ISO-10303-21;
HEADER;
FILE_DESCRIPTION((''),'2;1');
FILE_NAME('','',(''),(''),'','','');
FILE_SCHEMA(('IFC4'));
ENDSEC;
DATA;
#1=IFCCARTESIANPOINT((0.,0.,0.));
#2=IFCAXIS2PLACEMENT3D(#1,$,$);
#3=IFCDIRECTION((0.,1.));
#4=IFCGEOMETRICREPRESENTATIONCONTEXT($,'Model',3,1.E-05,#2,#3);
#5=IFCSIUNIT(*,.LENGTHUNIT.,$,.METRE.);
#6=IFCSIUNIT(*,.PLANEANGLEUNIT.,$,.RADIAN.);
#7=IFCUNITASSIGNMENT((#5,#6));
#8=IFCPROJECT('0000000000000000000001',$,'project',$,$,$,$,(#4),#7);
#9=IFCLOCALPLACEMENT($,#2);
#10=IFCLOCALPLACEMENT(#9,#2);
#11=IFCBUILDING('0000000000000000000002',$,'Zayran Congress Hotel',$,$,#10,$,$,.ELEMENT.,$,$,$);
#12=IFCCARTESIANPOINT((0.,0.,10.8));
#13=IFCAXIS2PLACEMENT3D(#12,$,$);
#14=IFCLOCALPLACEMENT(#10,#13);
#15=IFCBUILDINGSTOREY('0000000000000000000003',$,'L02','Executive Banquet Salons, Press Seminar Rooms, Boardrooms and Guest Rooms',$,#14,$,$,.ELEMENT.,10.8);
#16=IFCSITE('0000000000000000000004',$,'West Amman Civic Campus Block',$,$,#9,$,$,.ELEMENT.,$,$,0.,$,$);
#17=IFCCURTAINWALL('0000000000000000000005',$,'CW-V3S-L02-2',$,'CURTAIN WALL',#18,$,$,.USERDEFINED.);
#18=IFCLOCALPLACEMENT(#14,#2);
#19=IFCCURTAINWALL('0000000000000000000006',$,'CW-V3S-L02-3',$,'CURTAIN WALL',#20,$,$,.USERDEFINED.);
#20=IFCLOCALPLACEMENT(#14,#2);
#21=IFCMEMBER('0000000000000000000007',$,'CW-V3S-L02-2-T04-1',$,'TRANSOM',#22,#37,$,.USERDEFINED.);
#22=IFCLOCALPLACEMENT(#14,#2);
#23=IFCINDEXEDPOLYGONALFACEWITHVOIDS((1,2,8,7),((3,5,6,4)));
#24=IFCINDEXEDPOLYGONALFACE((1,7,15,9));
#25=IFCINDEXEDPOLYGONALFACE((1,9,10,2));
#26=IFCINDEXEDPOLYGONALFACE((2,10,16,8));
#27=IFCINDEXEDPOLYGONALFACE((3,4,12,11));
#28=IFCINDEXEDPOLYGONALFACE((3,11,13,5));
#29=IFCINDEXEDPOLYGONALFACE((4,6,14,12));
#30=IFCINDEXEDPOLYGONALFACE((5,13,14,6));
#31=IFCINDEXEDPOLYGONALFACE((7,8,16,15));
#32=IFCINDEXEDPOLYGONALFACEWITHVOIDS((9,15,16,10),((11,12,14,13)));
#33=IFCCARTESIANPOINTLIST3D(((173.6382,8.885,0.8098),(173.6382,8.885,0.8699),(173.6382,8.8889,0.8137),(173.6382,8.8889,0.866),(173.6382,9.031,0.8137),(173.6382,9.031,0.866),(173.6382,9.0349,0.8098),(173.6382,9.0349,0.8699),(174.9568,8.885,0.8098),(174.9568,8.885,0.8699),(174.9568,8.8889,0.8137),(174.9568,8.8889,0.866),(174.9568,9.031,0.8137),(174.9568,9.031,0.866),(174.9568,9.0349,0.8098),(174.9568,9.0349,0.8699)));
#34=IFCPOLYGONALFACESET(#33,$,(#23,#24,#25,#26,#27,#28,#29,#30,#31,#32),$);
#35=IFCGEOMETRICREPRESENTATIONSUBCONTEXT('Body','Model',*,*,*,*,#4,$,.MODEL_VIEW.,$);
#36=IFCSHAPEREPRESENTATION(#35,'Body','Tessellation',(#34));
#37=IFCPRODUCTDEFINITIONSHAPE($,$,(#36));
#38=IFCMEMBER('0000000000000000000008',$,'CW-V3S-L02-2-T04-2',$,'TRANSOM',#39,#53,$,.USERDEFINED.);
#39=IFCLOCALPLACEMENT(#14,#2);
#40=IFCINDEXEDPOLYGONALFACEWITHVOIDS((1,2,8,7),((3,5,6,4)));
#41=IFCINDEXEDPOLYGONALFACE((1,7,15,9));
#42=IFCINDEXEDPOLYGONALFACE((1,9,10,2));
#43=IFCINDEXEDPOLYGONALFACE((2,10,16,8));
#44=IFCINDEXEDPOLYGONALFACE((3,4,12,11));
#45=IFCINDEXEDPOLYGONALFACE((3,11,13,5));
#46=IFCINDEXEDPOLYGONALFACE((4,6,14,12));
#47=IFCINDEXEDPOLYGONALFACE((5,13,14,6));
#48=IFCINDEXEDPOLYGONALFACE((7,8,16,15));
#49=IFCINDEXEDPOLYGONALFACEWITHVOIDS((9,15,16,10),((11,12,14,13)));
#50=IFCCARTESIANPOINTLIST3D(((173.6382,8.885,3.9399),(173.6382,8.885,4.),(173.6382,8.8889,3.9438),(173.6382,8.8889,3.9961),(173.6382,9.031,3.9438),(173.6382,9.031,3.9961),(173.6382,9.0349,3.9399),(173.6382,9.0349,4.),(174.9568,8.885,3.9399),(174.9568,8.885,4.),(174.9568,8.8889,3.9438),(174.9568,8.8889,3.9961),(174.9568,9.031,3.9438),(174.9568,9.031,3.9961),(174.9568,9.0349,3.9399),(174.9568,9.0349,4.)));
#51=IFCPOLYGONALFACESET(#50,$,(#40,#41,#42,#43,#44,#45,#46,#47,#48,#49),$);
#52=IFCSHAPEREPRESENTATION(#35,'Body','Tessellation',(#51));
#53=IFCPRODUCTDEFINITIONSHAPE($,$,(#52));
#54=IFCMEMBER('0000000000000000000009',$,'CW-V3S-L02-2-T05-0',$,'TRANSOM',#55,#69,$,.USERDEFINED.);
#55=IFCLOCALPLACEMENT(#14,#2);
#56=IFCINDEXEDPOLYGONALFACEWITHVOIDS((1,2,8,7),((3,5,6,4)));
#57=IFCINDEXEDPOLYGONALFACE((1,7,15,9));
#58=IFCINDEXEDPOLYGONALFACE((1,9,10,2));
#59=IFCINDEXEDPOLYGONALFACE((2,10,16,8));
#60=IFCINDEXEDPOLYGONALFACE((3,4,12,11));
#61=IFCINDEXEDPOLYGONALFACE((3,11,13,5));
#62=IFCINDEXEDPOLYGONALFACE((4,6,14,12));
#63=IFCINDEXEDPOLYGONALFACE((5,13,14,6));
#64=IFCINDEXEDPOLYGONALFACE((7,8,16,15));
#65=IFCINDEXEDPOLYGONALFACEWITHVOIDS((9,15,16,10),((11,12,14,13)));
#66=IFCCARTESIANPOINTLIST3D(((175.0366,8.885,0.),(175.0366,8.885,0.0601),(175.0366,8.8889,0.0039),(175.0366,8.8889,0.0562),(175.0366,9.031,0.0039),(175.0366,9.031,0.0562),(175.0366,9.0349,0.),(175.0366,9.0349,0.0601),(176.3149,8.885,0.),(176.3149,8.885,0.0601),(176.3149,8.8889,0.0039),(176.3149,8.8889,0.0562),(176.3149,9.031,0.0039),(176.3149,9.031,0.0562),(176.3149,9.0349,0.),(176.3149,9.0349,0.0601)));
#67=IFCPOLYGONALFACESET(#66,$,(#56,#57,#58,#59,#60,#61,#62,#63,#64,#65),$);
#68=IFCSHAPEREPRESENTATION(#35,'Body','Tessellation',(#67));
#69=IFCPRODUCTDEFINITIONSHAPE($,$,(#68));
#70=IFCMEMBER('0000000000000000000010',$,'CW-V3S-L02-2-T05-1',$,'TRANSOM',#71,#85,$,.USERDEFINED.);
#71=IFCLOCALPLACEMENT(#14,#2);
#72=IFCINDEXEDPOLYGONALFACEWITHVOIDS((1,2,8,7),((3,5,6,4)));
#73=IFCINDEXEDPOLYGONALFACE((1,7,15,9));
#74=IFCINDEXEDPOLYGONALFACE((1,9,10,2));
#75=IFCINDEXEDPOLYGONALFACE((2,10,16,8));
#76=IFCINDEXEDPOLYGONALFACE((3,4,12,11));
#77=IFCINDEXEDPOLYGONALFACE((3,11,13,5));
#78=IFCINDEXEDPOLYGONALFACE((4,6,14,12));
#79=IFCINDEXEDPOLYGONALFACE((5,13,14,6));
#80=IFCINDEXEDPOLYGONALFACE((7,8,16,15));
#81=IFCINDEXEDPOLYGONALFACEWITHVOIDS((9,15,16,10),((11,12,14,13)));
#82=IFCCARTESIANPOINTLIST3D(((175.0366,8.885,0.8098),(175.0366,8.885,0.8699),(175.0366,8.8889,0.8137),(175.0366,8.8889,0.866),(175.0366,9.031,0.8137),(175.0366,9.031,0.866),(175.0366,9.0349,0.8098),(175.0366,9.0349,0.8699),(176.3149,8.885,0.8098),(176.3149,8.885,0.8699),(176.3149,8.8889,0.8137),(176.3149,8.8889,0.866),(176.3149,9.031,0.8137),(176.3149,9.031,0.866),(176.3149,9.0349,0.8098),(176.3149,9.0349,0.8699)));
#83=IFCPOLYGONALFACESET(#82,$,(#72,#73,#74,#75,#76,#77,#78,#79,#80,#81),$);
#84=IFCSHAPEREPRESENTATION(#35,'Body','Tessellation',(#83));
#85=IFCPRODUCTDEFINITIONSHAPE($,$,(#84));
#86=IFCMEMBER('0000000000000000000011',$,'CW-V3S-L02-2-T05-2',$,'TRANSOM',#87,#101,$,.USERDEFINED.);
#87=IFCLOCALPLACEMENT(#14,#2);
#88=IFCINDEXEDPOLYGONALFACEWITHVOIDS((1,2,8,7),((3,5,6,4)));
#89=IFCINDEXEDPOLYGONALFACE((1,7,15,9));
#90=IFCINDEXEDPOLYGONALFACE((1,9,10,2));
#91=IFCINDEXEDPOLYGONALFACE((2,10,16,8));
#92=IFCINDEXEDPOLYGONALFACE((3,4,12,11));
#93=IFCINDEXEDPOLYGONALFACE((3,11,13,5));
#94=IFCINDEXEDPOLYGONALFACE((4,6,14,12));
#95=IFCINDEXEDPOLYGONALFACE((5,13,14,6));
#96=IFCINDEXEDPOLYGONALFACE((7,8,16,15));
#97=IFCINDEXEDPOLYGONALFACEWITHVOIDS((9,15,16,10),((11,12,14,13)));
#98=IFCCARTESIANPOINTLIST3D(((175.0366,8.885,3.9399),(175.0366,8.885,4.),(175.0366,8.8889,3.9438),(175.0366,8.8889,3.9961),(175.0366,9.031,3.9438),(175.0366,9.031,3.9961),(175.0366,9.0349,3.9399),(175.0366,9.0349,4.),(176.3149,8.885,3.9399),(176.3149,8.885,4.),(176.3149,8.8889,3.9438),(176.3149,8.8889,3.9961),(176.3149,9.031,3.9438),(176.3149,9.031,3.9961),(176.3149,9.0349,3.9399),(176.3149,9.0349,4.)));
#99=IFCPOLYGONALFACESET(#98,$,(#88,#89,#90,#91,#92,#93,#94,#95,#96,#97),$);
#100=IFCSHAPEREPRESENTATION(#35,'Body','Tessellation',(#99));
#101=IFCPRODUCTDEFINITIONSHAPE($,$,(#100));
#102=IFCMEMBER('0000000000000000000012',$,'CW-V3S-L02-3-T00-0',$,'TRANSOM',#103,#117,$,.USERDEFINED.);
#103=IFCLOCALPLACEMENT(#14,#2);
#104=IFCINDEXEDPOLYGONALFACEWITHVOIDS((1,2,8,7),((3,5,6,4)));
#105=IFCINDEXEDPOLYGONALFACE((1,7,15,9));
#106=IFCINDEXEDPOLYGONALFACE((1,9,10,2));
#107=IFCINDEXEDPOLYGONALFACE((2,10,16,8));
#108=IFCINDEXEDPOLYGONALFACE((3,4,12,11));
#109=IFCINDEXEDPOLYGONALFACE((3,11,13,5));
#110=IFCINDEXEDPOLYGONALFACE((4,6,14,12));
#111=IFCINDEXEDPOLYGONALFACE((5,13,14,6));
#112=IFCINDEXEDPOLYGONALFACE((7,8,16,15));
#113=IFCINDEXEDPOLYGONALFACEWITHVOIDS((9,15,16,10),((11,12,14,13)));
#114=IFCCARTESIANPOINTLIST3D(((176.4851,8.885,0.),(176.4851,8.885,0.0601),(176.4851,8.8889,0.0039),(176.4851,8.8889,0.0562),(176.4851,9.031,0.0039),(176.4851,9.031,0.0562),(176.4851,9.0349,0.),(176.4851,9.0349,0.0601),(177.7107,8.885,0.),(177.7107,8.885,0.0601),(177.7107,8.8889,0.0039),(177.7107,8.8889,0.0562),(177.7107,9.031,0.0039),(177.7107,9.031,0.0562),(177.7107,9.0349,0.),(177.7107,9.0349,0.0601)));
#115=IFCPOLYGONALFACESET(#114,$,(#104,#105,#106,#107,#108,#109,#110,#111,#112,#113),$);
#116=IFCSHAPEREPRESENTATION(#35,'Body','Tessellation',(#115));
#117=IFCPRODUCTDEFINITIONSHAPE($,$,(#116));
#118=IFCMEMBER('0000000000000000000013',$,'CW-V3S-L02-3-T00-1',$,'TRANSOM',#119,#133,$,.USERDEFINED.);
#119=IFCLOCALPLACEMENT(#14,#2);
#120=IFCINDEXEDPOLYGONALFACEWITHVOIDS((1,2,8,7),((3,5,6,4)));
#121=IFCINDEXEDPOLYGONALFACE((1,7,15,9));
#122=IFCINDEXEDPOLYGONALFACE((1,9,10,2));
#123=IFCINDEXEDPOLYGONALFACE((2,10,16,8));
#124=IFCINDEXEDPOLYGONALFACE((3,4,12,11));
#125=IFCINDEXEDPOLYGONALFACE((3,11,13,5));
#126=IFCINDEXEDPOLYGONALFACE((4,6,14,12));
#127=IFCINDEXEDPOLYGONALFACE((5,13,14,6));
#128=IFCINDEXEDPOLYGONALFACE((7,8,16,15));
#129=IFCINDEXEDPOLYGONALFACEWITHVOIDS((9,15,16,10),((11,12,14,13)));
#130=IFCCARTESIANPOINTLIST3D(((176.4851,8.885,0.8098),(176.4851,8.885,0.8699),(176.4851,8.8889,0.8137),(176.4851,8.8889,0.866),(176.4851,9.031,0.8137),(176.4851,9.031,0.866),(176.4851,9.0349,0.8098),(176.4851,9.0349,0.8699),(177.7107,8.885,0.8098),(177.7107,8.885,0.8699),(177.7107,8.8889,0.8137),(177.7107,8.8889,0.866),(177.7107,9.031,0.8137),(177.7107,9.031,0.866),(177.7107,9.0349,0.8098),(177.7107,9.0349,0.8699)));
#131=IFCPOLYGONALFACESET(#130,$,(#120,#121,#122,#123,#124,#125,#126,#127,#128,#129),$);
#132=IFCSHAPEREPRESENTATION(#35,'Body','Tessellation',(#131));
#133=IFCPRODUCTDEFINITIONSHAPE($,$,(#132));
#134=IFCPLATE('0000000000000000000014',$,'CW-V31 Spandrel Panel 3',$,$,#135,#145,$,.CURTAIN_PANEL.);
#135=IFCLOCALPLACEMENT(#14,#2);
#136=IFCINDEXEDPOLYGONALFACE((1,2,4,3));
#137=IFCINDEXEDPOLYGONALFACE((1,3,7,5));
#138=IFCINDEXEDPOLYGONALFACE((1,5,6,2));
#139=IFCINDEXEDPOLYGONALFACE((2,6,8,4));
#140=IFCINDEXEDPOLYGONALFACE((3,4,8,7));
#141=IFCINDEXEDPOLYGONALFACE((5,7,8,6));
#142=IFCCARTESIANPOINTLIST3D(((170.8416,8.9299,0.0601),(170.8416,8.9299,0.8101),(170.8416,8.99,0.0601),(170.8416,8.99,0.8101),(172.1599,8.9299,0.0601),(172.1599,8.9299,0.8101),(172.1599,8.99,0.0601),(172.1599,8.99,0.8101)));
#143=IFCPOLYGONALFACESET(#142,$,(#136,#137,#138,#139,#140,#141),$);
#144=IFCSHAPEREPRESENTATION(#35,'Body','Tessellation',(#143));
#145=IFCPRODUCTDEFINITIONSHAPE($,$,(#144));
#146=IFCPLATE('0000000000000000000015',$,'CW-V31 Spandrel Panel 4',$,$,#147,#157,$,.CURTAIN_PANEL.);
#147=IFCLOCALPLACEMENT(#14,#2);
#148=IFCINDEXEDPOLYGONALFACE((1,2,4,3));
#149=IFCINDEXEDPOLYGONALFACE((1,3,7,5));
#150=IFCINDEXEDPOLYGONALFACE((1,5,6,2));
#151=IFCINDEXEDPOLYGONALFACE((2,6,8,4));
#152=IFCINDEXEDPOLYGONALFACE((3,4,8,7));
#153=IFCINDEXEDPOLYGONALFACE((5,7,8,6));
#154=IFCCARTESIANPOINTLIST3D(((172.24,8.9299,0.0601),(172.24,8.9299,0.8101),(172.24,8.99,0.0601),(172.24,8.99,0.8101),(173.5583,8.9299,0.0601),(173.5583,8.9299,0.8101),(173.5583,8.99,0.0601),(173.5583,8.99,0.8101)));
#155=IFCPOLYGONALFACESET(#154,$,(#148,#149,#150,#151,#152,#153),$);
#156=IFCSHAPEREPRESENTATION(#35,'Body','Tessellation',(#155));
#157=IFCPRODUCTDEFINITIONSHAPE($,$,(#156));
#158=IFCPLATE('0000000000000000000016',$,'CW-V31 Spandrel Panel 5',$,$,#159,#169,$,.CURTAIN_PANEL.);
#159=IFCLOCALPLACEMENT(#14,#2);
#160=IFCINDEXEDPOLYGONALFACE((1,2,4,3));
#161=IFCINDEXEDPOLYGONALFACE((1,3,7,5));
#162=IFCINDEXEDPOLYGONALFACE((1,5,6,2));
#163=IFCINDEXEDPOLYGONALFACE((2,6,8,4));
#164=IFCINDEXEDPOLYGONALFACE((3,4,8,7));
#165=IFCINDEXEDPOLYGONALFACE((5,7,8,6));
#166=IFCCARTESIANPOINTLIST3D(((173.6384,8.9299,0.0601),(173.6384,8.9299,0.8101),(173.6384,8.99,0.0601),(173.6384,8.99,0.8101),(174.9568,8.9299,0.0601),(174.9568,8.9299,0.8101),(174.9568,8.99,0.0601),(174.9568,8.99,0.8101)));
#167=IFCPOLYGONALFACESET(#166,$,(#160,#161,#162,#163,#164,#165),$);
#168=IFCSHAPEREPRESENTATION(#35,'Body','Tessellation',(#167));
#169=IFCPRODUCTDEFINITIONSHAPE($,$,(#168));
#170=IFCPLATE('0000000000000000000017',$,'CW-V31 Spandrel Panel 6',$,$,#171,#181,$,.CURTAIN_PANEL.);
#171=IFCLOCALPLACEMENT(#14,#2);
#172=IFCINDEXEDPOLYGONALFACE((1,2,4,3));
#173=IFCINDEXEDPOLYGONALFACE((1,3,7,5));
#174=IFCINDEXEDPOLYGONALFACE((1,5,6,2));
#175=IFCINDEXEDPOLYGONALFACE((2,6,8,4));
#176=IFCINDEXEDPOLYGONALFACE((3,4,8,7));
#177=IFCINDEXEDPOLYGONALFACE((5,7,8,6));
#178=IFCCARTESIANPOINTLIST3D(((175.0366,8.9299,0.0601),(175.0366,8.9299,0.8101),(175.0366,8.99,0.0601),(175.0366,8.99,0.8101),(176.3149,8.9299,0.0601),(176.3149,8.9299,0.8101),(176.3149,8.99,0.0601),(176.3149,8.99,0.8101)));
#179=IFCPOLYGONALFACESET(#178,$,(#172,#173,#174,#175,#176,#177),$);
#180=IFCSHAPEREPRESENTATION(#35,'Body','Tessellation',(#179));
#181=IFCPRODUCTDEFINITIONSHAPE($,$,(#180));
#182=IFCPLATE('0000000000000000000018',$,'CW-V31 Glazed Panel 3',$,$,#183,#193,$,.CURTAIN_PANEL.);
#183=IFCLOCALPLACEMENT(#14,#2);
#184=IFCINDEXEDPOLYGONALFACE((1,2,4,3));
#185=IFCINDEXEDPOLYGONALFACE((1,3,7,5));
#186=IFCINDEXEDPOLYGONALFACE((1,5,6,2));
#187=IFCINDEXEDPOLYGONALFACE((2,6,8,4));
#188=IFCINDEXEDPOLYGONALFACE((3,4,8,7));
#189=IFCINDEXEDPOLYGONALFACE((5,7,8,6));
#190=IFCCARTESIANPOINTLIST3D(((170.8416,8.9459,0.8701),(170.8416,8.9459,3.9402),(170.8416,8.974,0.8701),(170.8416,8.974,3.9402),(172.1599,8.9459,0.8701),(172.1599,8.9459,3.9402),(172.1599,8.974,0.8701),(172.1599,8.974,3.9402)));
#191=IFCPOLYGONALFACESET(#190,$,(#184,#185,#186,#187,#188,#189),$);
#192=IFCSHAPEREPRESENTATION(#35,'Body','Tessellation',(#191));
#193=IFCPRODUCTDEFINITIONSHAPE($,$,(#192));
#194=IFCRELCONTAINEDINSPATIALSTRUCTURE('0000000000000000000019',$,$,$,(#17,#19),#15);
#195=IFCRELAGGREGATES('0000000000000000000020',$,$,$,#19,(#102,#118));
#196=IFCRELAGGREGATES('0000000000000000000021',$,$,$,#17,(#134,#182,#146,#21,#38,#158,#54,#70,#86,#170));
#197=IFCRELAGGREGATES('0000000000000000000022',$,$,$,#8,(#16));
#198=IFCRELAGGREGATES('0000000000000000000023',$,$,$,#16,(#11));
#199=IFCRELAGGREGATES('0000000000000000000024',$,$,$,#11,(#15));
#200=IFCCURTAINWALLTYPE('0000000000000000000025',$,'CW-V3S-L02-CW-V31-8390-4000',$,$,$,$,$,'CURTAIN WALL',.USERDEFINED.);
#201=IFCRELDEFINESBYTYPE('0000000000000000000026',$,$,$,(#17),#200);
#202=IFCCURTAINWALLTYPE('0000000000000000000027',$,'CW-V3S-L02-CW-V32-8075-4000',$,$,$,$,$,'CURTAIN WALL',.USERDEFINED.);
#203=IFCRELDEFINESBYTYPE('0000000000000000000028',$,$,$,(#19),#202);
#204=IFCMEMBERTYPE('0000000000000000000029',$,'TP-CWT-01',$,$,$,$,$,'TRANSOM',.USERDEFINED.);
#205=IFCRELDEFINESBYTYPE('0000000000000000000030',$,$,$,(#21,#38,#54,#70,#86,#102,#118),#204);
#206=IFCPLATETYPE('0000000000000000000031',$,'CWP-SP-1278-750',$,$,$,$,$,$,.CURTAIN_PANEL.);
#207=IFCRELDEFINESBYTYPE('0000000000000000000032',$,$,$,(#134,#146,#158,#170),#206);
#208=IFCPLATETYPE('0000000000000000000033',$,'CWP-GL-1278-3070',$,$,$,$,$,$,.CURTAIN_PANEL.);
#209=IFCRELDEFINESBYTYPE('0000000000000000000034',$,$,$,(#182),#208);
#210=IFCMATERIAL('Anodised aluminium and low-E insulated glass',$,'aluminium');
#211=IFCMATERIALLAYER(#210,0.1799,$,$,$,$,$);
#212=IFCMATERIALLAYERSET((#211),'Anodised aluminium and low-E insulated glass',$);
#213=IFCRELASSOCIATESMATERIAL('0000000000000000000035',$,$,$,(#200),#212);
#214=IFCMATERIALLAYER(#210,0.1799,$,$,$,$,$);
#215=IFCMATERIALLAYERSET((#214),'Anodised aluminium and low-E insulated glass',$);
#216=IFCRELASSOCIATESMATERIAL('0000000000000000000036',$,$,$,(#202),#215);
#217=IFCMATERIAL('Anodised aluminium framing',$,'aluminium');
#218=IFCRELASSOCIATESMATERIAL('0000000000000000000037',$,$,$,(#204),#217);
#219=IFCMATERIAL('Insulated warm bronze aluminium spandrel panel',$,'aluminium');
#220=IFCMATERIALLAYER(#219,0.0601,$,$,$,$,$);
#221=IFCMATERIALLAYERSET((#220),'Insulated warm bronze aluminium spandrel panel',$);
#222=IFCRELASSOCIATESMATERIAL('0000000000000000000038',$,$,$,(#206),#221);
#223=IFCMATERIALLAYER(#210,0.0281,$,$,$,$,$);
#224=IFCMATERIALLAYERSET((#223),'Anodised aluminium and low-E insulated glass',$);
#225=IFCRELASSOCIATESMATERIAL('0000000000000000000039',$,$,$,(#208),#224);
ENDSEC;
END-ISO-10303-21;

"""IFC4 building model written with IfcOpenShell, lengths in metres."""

from ifc_helpers import new_model, si_unit, direction, frame, origin, origin_2d, place, context, subcontext, project, spatial, rectangle, hollow_rectangle, extrude, material, layer, layer_set, material_profile, profile_set, type_object, element, aggregate, save


model = new_model("IFC4")

# Units and contexts
model_context = context("Model", 3, precision=1e-05, world=origin(), true_north=direction((0.0, 1.0)))
body_context = subcontext(model_context, "Body", "Model", "MODEL_VIEW")
ifc_project = project(units=[si_unit("LENGTHUNIT", "METRE"), si_unit("PLANEANGLEUNIT", "RADIAN")], contexts=[model_context])

# Site, building, storey
site_placement = place(None, origin())
site = spatial("IfcSite", under=ifc_project, at=site_placement, Name="West Amman Civic Campus Block", CompositionType="ELEMENT", RefElevation=0.0)
building_placement = place(site_placement, origin())
building = spatial("IfcBuilding", under=site, at=building_placement, Name="Zayran Congress Hotel", CompositionType="ELEMENT")
storey_placement = place(building_placement, frame((0.0, 0.0, 10.8)))
storey = spatial("IfcBuildingStorey", under=building, at=storey_placement, Name="L02", Description="Executive Banquet Salons, Press Seminar Rooms, Boardrooms and Guest Rooms", CompositionType="ELEMENT", Elevation=10.8)

# Curtain wall
ifc_material_1 = material(Name="Anodised aluminium and low-E insulated glass", Category="aluminium")
ifc_layer_1 = layer(ifc_material_1, 0.1799)
ifc_layer_set_1 = layer_set([ifc_layer_1], Name="Anodised aluminium and low-E insulated glass")
curtain_wall_type_1 = type_object("IfcCurtainWallType", Name="CW-V3S-L02-CW-V31-8390-4000", ElementType="CURTAIN WALL", PredefinedType="USERDEFINED", material=ifc_layer_set_1)
curtain_wall_1_placement = place(storey_placement, origin())
curtain_wall_1 = element("IfcCurtainWall", 1, at=curtain_wall_1_placement, inside=storey, type_object=curtain_wall_type_1, Name="CW-V3S-L02-2", ObjectType="CURTAIN WALL", PredefinedType="USERDEFINED")
ifc_material_2 = material(Name="Anodised aluminium framing", Category="aluminium")

# Curtain wall
ifc_layer_2 = layer(ifc_material_1, 0.1799)
ifc_layer_set_2 = layer_set([ifc_layer_2], Name="Anodised aluminium and low-E insulated glass")
curtain_wall_type_2 = type_object("IfcCurtainWallType", Name="CW-V3S-L02-CW-V32-8075-4000", ElementType="CURTAIN WALL", PredefinedType="USERDEFINED", material=ifc_layer_set_2)
curtain_wall_2_placement = place(storey_placement, origin())
curtain_wall_2 = element("IfcCurtainWall", 2, at=curtain_wall_2_placement, inside=storey, type_object=curtain_wall_type_2, Name="CW-V3S-L02-3", ObjectType="CURTAIN WALL", PredefinedType="USERDEFINED")

# Members
ifc_material_profile_1 = material_profile(ifc_material_2, hollow_rectangle(XDim=0.0601, YDim=0.1499, WallThickness=0.0039, at=origin_2d()), Name="RHS 150x60x4")
ifc_profile_set_1 = profile_set([ifc_material_profile_1], Name="Anodised aluminium framing")
member_type_1 = type_object("IfcMemberType", Name="TP-CWT-01", ElementType="TRANSOM", PredefinedType="USERDEFINED", material=ifc_profile_set_1)
member_1_placement = place(storey_placement, frame((173.6382, 8.96, 0.8398), z_axis=(1.0, 0.0, 0.0), x_axis=(0.0, 0.0, 1.0)))
member_1 = element("IfcMember", 3, at=member_1_placement, type_object=member_type_1, Name="CW-V3S-L02-2-T04-1", ObjectType="TRANSOM", PredefinedType="USERDEFINED", context=body_context, shape_type="SweptSolid", body=[
    extrude(hollow_rectangle(XDim=0.0601, YDim=0.1499, WallThickness=0.0039, at=origin_2d()), origin(), (0.0, 0.0, 1.0), 1.3186),
])
member_2_placement = place(storey_placement, frame((173.6382, 8.96, 3.97), z_axis=(1.0, 0.0, 0.0), x_axis=(0.0, 0.0, 1.0)))
member_2 = element("IfcMember", 4, at=member_2_placement, type_object=member_type_1, Name="CW-V3S-L02-2-T04-2", ObjectType="TRANSOM", PredefinedType="USERDEFINED", context=body_context, shape_type="SweptSolid", body=[
    extrude(hollow_rectangle(XDim=0.0601, YDim=0.1499, WallThickness=0.0039, at=origin_2d()), origin(), (0.0, 0.0, 1.0), 1.3186),
])
member_3_placement = place(storey_placement, frame((175.0366, 8.96, 0.03), z_axis=(1.0, 0.0, 0.0), x_axis=(0.0, 0.0, 1.0)))
member_3 = element("IfcMember", 5, at=member_3_placement, type_object=member_type_1, Name="CW-V3S-L02-2-T05-0", ObjectType="TRANSOM", PredefinedType="USERDEFINED", context=body_context, shape_type="SweptSolid", body=[
    extrude(hollow_rectangle(XDim=0.0601, YDim=0.1499, WallThickness=0.0039, at=origin_2d()), origin(), (0.0, 0.0, 1.0), 1.2783),
])
member_4_placement = place(storey_placement, frame((175.0366, 8.96, 0.8398), z_axis=(1.0, 0.0, 0.0), x_axis=(0.0, 0.0, 1.0)))
member_4 = element("IfcMember", 6, at=member_4_placement, type_object=member_type_1, Name="CW-V3S-L02-2-T05-1", ObjectType="TRANSOM", PredefinedType="USERDEFINED", context=body_context, shape_type="SweptSolid", body=[
    extrude(hollow_rectangle(XDim=0.0601, YDim=0.1499, WallThickness=0.0039, at=origin_2d()), origin(), (0.0, 0.0, 1.0), 1.2783),
])
member_5_placement = place(storey_placement, frame((175.0366, 8.96, 3.97), z_axis=(1.0, 0.0, 0.0), x_axis=(0.0, 0.0, 1.0)))
member_5 = element("IfcMember", 7, at=member_5_placement, type_object=member_type_1, Name="CW-V3S-L02-2-T05-2", ObjectType="TRANSOM", PredefinedType="USERDEFINED", context=body_context, shape_type="SweptSolid", body=[
    extrude(hollow_rectangle(XDim=0.0601, YDim=0.1499, WallThickness=0.0039, at=origin_2d()), origin(), (0.0, 0.0, 1.0), 1.2783),
])
member_6_placement = place(storey_placement, frame((176.4851, 8.96, 0.03), z_axis=(1.0, 0.0, 0.0), x_axis=(0.0, 0.0, 1.0)))
member_6 = element("IfcMember", 8, at=member_6_placement, type_object=member_type_1, Name="CW-V3S-L02-3-T00-0", ObjectType="TRANSOM", PredefinedType="USERDEFINED", context=body_context, shape_type="SweptSolid", body=[
    extrude(hollow_rectangle(XDim=0.0601, YDim=0.1499, WallThickness=0.0039, at=origin_2d()), origin(), (0.0, 0.0, 1.0), 1.2256),
])
member_7_placement = place(storey_placement, frame((176.4851, 8.96, 0.8398), z_axis=(1.0, 0.0, 0.0), x_axis=(0.0, 0.0, 1.0)))
member_7 = element("IfcMember", 9, at=member_7_placement, type_object=member_type_1, Name="CW-V3S-L02-3-T00-1", ObjectType="TRANSOM", PredefinedType="USERDEFINED", context=body_context, shape_type="SweptSolid", body=[
    extrude(hollow_rectangle(XDim=0.0601, YDim=0.1499, WallThickness=0.0039, at=origin_2d()), origin(), (0.0, 0.0, 1.0), 1.2256),
])
aggregate(curtain_wall_2, [member_6, member_7])

# Plates
ifc_material_3 = material(Name="Insulated warm bronze aluminium spandrel panel", Category="aluminium")
ifc_layer_3 = layer(ifc_material_3, 0.0601)
ifc_layer_set_3 = layer_set([ifc_layer_3], Name="Insulated warm bronze aluminium spandrel panel")
plate_type_1 = type_object("IfcPlateType", Name="CWP-SP-1278-750", PredefinedType="CURTAIN_PANEL", material=ifc_layer_set_3)
plate_1_placement = place(storey_placement, frame((171.5007, 8.96, 0.0601), z_axis=(0.0, 0.0, 1.0), x_axis=(1.0, 0.0, 0.0)))
plate_1 = element("IfcPlate", 10, at=plate_1_placement, type_object=plate_type_1, Name="CW-V31 Spandrel Panel 3", PredefinedType="CURTAIN_PANEL", context=body_context, shape_type="SweptSolid", body=[
    extrude(rectangle(XDim=1.3184, YDim=0.0601, at=origin_2d()), origin(), (0.0, 0.0, 1.0), 0.75),
])
plate_2_placement = place(storey_placement, frame((172.8992, 8.96, 0.0601), z_axis=(0.0, 0.0, 1.0), x_axis=(1.0, 0.0, 0.0)))
plate_2 = element("IfcPlate", 11, at=plate_2_placement, type_object=plate_type_1, Name="CW-V31 Spandrel Panel 4", PredefinedType="CURTAIN_PANEL", context=body_context, shape_type="SweptSolid", body=[
    extrude(rectangle(XDim=1.3184, YDim=0.0601, at=origin_2d()), origin(), (0.0, 0.0, 1.0), 0.75),
])
plate_3_placement = place(storey_placement, frame((174.2976, 8.96, 0.0601), z_axis=(0.0, 0.0, 1.0), x_axis=(1.0, 0.0, 0.0)))
plate_3 = element("IfcPlate", 12, at=plate_3_placement, type_object=plate_type_1, Name="CW-V31 Spandrel Panel 5", PredefinedType="CURTAIN_PANEL", context=body_context, shape_type="SweptSolid", body=[
    extrude(rectangle(XDim=1.3184, YDim=0.0601, at=origin_2d()), origin(), (0.0, 0.0, 1.0), 0.75),
])
plate_4_placement = place(storey_placement, frame((175.6758, 8.96, 0.0601), z_axis=(0.0, 0.0, 1.0), x_axis=(1.0, 0.0, 0.0)))
plate_4 = element("IfcPlate", 13, at=plate_4_placement, type_object=plate_type_1, Name="CW-V31 Spandrel Panel 6", PredefinedType="CURTAIN_PANEL", context=body_context, shape_type="SweptSolid", body=[
    extrude(rectangle(XDim=1.2783, YDim=0.0601, at=origin_2d()), origin(), (0.0, 0.0, 1.0), 0.75),
])
ifc_layer_4 = layer(ifc_material_1, 0.0281)
ifc_layer_set_4 = layer_set([ifc_layer_4], Name="Anodised aluminium and low-E insulated glass")
plate_type_2 = type_object("IfcPlateType", Name="CWP-GL-1278-3070", PredefinedType="CURTAIN_PANEL", material=ifc_layer_set_4)
plate_5_placement = place(storey_placement, frame((171.5007, 8.96, 0.8701), z_axis=(0.0, 0.0, 1.0), x_axis=(1.0, 0.0, 0.0)))
plate_5 = element("IfcPlate", 14, at=plate_5_placement, type_object=plate_type_2, Name="CW-V31 Glazed Panel 3", PredefinedType="CURTAIN_PANEL", context=body_context, shape_type="SweptSolid", body=[
    extrude(rectangle(XDim=1.3184, YDim=0.0281, at=origin_2d()), origin(), (0.0, 0.0, 1.0), 3.0701),
])
aggregate(curtain_wall_1, [plate_1, plate_5, plate_2, member_1, member_2, plate_3, member_3, member_4, member_5, plate_4])

save(model, "model.ifc")
